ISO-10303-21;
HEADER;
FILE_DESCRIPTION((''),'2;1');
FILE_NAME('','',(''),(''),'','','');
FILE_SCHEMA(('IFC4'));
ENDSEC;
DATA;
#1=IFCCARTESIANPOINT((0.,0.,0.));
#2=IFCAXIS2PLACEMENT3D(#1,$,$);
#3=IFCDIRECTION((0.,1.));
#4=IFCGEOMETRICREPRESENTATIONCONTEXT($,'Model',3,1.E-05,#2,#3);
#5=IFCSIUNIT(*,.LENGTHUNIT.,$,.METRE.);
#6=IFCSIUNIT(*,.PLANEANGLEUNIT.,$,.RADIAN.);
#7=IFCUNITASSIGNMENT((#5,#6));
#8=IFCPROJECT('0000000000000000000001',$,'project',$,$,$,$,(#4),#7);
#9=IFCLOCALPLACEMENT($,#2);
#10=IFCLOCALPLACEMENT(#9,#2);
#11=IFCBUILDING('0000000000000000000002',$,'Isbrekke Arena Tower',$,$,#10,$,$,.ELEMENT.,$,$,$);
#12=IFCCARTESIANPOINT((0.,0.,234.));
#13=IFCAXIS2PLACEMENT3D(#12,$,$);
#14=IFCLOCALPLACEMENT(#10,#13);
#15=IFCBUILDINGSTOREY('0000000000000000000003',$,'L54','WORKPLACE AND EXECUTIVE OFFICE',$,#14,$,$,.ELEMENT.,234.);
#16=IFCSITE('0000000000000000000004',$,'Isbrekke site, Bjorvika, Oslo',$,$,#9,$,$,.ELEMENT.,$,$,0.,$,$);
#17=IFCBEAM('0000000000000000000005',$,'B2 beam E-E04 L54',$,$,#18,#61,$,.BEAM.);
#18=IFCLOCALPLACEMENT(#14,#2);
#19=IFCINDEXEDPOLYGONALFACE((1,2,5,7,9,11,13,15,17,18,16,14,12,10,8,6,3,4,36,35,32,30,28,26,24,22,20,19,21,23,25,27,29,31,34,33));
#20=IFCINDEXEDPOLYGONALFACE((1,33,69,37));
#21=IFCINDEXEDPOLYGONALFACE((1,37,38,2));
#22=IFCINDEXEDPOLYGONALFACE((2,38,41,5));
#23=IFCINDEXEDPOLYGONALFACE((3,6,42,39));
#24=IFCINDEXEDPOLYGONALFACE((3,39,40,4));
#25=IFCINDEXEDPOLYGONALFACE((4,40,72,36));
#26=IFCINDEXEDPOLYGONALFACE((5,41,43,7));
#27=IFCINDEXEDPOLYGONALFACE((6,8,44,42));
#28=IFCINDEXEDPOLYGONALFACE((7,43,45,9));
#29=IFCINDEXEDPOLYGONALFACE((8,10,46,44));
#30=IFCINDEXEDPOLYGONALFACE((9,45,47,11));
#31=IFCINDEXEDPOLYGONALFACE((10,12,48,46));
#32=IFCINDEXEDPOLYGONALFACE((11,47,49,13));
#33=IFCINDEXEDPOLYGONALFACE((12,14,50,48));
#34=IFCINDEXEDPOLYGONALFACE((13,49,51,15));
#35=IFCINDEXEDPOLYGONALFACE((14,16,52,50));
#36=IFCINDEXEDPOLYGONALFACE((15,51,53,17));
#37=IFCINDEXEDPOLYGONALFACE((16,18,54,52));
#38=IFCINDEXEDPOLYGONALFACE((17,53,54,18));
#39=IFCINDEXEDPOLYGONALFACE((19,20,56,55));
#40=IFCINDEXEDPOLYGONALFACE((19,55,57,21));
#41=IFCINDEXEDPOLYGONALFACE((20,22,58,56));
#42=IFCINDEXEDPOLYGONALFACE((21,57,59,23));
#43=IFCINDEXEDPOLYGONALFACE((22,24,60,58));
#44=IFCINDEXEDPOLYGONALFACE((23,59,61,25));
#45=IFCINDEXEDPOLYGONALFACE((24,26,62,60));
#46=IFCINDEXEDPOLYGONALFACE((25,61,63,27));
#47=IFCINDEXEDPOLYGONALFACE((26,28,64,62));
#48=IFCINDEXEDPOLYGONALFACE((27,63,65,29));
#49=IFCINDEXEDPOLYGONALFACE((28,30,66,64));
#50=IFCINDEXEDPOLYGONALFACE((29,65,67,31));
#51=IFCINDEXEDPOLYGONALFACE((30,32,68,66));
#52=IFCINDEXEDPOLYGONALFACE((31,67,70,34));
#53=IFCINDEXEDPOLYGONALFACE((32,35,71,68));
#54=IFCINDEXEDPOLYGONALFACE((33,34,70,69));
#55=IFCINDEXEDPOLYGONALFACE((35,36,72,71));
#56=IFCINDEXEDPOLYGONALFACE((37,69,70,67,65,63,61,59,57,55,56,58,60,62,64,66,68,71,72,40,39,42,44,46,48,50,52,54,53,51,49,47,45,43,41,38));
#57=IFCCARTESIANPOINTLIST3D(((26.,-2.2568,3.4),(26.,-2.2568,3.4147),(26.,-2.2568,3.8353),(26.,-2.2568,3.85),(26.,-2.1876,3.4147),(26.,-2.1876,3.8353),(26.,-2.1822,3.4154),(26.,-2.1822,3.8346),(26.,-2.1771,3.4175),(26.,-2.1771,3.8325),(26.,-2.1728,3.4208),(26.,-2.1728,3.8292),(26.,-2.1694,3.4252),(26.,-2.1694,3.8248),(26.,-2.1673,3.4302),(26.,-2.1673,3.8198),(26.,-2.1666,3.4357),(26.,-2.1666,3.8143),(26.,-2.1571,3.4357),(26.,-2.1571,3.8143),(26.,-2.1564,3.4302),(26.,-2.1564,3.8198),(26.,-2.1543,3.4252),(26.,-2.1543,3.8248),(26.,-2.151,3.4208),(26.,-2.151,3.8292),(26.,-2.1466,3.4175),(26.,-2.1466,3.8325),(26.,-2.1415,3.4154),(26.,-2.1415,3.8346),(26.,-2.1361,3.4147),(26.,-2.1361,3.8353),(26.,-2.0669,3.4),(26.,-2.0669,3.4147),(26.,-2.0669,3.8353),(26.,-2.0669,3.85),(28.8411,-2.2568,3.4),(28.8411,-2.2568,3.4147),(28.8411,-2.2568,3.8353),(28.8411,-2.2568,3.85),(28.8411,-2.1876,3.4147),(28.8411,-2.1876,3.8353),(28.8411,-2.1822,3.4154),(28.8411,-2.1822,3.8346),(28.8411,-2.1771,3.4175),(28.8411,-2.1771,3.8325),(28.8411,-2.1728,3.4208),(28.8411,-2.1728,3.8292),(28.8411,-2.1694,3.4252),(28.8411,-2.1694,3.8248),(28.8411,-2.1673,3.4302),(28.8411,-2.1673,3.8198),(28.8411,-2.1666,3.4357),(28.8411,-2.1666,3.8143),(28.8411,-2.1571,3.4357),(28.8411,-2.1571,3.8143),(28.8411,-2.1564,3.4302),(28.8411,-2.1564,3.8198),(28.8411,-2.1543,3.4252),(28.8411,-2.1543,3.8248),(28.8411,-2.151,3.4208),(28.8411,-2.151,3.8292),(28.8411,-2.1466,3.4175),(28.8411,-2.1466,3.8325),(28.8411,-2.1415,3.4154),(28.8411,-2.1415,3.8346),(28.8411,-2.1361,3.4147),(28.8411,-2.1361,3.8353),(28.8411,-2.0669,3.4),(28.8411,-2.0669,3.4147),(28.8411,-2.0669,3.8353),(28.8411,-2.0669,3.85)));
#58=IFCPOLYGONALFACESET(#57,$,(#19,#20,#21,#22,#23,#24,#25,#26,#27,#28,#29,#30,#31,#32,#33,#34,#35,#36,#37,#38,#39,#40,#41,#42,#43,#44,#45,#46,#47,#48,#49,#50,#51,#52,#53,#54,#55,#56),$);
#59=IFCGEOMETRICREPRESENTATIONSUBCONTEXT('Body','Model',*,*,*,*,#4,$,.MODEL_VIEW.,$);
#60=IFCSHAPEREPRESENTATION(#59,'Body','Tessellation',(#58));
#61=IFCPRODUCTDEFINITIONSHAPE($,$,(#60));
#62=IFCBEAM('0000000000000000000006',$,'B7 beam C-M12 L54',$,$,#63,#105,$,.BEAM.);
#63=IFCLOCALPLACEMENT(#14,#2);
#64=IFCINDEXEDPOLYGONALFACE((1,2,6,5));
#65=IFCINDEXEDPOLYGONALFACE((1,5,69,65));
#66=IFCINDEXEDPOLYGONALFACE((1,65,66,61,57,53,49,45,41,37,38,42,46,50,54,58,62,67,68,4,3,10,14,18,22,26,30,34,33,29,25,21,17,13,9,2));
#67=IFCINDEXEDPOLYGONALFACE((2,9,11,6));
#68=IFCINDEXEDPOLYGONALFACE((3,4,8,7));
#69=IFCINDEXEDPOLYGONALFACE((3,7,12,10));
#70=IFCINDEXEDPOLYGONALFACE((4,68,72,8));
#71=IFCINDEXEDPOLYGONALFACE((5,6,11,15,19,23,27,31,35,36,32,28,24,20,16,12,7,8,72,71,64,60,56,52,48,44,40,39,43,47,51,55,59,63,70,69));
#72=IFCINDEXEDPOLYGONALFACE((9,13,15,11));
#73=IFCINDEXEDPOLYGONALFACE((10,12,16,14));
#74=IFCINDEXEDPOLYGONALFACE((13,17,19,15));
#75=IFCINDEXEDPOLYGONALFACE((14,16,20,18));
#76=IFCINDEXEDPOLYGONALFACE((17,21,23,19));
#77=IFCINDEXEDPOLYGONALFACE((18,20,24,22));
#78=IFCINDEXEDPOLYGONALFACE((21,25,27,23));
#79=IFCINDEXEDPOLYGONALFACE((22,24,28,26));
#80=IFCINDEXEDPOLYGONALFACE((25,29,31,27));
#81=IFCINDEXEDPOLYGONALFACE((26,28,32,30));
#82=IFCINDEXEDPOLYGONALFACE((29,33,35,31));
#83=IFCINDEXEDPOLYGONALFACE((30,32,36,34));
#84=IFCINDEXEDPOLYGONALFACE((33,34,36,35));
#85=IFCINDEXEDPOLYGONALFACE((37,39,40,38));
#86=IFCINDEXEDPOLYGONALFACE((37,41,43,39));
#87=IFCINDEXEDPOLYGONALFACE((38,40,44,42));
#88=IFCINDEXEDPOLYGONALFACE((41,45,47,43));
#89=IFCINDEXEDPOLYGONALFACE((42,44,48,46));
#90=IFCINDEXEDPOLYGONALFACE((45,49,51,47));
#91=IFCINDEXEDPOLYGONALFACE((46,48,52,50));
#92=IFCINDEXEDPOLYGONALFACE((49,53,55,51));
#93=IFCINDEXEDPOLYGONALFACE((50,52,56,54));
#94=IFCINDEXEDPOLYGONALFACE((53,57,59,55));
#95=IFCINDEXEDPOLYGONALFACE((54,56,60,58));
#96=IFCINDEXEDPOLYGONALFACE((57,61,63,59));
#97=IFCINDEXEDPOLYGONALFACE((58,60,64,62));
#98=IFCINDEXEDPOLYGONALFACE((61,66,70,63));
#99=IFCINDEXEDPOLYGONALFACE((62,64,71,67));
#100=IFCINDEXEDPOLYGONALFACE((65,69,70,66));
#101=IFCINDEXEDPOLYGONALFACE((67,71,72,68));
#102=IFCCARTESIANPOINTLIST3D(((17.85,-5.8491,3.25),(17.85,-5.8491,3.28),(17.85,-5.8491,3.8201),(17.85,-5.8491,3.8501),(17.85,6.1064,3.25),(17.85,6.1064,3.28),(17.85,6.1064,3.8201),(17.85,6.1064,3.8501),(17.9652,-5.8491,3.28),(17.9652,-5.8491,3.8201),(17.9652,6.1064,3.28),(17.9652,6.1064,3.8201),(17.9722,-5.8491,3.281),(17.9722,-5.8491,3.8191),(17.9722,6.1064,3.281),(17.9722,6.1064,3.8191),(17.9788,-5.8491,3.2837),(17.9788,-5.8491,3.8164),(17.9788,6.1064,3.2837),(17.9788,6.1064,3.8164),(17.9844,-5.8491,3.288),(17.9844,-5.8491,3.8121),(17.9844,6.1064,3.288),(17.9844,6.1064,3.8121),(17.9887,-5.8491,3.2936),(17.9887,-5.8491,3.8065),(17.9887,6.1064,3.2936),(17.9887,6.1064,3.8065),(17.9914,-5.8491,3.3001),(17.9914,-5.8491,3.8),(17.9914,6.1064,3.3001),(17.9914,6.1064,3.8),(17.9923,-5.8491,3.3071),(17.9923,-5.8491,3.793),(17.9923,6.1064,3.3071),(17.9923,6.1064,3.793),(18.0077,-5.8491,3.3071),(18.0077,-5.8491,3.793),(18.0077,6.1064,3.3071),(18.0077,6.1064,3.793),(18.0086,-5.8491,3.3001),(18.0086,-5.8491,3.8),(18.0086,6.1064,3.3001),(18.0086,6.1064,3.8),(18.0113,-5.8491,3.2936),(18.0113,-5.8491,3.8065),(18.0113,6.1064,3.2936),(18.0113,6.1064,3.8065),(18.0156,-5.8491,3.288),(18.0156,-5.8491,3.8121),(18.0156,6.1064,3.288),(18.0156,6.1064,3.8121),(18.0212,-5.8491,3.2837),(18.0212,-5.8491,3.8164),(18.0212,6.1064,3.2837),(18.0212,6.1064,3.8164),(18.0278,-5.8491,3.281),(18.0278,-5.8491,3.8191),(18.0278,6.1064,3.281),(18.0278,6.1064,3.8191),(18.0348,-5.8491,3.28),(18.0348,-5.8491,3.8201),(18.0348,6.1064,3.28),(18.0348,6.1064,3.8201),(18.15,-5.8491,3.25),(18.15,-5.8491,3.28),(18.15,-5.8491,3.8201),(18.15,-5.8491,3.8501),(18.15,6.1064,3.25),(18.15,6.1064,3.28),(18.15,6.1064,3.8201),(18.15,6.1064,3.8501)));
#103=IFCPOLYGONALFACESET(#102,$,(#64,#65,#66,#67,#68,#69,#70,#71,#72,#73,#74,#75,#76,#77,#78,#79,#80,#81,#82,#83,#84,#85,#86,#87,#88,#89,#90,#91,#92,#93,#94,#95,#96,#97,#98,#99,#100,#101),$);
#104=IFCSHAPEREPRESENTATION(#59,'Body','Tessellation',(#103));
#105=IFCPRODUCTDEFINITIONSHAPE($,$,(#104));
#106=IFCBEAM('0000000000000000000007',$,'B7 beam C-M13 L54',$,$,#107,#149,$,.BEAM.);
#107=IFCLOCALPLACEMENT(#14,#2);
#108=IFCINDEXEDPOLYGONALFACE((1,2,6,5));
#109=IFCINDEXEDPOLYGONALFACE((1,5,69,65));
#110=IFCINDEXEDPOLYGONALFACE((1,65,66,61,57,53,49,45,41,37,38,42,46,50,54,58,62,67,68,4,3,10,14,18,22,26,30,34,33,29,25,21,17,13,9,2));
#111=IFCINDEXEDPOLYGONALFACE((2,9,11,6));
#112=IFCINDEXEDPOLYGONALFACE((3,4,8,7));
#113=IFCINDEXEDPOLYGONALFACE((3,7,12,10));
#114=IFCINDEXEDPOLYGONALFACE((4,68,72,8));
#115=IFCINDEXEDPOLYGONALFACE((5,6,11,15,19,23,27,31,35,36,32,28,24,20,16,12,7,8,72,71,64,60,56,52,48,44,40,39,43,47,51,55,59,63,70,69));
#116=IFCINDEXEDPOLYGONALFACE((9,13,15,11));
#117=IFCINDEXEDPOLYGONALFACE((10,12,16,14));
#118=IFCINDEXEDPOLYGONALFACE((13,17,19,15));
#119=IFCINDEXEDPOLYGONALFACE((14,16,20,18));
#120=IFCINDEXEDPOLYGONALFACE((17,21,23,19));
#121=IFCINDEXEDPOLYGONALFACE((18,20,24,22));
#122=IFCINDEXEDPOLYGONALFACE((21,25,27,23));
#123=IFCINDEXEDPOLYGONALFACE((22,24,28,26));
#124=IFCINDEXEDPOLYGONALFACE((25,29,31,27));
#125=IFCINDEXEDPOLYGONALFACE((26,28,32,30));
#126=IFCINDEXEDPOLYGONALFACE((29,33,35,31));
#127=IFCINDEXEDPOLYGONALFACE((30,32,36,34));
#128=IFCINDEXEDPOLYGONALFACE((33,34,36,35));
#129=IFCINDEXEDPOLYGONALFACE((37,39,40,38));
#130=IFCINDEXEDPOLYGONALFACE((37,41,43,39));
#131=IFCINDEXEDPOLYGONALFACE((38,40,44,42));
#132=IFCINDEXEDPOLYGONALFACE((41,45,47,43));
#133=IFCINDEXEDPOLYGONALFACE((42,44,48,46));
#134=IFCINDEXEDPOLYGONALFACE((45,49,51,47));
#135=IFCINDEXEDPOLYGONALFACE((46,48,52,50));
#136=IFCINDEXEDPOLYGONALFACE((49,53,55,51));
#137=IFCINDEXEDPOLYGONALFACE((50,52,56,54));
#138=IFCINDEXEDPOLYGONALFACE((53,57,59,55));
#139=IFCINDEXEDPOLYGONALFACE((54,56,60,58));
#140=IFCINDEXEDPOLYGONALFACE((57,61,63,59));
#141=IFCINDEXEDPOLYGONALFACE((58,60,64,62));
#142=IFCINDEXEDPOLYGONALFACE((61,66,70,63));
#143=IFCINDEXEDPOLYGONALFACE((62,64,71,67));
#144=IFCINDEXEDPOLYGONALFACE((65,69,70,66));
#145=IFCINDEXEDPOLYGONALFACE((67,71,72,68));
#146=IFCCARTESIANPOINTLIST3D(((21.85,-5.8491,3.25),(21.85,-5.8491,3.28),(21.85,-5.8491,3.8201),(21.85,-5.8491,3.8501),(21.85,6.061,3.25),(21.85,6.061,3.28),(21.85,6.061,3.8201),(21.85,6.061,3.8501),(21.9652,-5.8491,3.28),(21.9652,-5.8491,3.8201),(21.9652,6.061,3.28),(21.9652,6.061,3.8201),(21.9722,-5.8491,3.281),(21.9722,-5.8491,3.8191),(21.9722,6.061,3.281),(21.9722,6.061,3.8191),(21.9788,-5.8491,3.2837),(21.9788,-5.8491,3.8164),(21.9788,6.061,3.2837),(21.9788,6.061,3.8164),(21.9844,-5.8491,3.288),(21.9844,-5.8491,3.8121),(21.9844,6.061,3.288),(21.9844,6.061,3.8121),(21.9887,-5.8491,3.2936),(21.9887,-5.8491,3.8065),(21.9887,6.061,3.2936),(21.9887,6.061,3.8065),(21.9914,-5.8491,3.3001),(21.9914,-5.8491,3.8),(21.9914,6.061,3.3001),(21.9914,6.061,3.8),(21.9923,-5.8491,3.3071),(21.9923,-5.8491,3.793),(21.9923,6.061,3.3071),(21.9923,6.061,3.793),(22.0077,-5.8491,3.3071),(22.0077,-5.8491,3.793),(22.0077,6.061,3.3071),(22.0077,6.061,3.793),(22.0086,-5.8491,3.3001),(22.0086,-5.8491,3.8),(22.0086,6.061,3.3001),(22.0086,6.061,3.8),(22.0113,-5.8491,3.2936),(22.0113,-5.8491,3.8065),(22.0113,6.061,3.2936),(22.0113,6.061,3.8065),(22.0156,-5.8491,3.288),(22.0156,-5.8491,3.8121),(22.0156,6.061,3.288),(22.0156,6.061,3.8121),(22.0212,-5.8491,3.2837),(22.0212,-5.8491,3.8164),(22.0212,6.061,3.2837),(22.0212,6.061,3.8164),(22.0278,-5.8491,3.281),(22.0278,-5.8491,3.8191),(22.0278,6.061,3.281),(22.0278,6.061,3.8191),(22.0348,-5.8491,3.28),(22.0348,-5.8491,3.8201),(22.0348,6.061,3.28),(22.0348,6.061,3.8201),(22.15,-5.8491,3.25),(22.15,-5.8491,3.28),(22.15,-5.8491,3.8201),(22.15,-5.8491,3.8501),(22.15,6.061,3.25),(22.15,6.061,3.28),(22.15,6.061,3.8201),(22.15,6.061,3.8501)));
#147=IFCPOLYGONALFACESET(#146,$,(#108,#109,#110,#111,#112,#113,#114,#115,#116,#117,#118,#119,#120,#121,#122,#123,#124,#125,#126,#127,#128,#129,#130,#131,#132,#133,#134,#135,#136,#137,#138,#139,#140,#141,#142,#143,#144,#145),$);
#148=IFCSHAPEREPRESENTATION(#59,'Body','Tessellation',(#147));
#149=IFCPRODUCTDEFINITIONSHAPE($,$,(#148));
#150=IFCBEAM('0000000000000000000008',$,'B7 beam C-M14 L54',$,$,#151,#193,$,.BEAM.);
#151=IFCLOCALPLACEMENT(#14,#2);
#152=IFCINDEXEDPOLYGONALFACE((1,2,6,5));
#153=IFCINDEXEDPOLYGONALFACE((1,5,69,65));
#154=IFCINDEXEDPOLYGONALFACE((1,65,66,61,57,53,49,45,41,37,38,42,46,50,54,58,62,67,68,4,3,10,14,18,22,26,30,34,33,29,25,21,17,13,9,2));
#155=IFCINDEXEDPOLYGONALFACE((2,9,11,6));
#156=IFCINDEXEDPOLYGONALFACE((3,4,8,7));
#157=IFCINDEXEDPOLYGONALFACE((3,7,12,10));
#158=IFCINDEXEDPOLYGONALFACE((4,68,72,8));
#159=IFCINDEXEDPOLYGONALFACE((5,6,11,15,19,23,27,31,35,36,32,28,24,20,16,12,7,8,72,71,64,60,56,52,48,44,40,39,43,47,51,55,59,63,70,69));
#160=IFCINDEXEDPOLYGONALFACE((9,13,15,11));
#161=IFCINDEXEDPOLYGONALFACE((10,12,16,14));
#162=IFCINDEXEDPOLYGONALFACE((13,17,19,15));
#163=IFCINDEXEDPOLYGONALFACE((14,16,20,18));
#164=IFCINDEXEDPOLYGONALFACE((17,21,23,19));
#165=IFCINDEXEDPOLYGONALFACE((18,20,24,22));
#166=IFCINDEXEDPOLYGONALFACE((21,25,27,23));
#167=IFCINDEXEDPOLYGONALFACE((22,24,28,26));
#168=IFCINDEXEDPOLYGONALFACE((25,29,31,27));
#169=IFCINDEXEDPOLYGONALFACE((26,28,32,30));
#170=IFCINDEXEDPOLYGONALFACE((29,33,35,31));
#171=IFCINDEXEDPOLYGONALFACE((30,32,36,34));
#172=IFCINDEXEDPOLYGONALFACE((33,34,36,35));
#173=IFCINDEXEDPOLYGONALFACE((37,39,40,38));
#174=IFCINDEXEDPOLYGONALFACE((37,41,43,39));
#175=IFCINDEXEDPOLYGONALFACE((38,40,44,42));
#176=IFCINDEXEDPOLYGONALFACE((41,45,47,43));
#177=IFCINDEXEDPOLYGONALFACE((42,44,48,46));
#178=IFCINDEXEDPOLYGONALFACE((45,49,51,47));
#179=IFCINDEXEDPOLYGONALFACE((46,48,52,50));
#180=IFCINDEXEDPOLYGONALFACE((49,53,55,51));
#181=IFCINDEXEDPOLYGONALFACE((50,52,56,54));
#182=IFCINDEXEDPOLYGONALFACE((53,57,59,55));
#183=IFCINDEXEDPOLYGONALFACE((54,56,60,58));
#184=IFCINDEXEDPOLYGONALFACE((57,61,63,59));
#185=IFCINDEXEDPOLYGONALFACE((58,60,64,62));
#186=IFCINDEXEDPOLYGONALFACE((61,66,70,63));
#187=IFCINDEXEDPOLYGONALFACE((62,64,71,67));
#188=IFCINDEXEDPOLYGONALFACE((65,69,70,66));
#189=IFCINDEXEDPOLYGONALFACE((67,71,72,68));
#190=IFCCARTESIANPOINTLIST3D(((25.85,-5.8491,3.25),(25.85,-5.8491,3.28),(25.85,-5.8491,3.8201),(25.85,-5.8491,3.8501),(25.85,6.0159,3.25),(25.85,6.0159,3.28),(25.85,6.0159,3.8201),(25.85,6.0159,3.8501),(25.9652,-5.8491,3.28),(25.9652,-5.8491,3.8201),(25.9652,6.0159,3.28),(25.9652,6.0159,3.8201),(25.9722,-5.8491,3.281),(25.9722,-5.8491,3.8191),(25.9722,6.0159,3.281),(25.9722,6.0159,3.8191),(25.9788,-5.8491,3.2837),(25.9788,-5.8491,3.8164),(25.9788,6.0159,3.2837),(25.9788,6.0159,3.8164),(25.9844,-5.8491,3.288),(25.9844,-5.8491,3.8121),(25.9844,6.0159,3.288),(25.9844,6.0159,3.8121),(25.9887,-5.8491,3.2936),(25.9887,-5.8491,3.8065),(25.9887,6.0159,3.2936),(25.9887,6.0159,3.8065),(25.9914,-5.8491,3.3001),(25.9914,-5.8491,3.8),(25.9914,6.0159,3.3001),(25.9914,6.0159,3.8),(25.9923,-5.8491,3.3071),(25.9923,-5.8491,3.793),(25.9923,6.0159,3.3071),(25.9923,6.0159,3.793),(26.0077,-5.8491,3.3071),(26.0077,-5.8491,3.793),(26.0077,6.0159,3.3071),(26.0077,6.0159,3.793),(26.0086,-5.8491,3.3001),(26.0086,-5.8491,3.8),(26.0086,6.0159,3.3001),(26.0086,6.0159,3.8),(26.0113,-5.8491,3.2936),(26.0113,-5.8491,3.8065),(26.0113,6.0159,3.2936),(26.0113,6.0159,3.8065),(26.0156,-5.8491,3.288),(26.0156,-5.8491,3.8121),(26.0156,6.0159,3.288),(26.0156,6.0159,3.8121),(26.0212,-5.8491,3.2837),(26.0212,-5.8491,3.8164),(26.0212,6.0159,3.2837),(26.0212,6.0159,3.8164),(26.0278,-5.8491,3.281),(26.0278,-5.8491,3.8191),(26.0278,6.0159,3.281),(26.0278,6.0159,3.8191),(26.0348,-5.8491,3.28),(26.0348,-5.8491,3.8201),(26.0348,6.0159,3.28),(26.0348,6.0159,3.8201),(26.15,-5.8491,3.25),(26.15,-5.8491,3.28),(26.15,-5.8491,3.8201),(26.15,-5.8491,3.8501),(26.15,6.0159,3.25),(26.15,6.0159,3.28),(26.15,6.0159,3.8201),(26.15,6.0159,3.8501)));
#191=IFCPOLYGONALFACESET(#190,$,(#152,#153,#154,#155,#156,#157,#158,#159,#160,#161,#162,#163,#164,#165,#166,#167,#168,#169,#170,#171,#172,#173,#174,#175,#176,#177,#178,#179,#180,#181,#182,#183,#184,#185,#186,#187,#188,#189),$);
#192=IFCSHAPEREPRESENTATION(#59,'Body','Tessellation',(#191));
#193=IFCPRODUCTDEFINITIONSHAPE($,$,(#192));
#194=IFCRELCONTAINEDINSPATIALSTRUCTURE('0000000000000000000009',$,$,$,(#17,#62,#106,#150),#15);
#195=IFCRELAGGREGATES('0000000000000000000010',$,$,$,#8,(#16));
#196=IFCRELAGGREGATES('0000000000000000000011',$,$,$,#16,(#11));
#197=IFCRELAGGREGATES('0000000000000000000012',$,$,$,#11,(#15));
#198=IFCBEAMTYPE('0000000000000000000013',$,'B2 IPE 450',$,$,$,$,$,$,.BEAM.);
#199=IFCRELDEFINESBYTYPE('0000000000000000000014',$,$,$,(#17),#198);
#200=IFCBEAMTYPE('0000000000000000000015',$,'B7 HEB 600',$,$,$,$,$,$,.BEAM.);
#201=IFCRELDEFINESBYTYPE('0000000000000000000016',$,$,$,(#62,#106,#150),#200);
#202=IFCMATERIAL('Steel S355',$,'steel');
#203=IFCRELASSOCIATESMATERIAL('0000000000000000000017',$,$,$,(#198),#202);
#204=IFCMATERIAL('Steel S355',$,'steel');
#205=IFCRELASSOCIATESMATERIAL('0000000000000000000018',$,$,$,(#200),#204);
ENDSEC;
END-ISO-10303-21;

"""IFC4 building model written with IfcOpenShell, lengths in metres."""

from ifc_helpers import new_model, si_unit, direction, frame, origin, origin_2d, place, context, subcontext, project, spatial, i_section, extrude, material, material_profile, profile_set, type_object, element, save


model = new_model("IFC4")

# Units and contexts
model_context = context("Model", 3, precision=1e-05, world=origin(), true_north=direction((0.0, 1.0)))
body_context = subcontext(model_context, "Body", "Model", "MODEL_VIEW")
ifc_project = project(units=[si_unit("LENGTHUNIT", "METRE"), si_unit("PLANEANGLEUNIT", "RADIAN")], contexts=[model_context])

# Site, building, storey
site_placement = place(None, origin())
site = spatial("IfcSite", under=ifc_project, at=site_placement, Name="Isbrekke site, Bjorvika, Oslo", CompositionType="ELEMENT", RefElevation=0.0)
building_placement = place(site_placement, origin())
building = spatial("IfcBuilding", under=site, at=building_placement, Name="Isbrekke Arena Tower", CompositionType="ELEMENT")
storey_placement = place(building_placement, frame((0.0, 0.0, 234.0)))
storey = spatial("IfcBuildingStorey", under=building, at=storey_placement, Name="L54", Description="WORKPLACE AND EXECUTIVE OFFICE", CompositionType="ELEMENT", Elevation=234.0)

# Beams
ifc_material_1 = material(Name="Steel S355", Category="steel")
ifc_material_profile_1 = material_profile(ifc_material_1, i_section(OverallWidth=0.1899, OverallDepth=0.45, WebThickness=0.0095, FlangeThickness=0.0146, FilletRadius=0.021, at=origin_2d()), Name="IPE 450")
ifc_profile_set_1 = profile_set([ifc_material_profile_1], Name="Steel S355")
beam_type_1 = type_object("IfcBeamType", Name="B2 IPE 450", PredefinedType="BEAM", material=ifc_profile_set_1)
beam_1_placement = place(storey_placement, frame((28.8411, -2.1619, 3.625), z_axis=(-1.0, 0.0, 0.0), x_axis=(0.0, -1.0, 0.0)))
element("IfcBeam", 1, at=beam_1_placement, inside=storey, type_object=beam_type_1, Name="B2 beam E-E04 L54", PredefinedType="BEAM", context=body_context, shape_type="SweptSolid", body=[
    extrude(i_section(OverallWidth=0.1899, OverallDepth=0.45, WebThickness=0.0095, FlangeThickness=0.0146, FilletRadius=0.021, at=origin_2d()), origin(), (0.0, 0.0, 1.0), 2.8411),
])
ifc_material_2 = material(Name="Steel S355", Category="steel")
ifc_material_profile_2 = material_profile(ifc_material_2, i_section(OverallWidth=0.3, OverallDepth=0.6001, WebThickness=0.0154, FlangeThickness=0.03, FilletRadius=0.0271, at=origin_2d()), Name="HEB 600")
ifc_profile_set_2 = profile_set([ifc_material_profile_2], Name="Steel S355")
beam_type_2 = type_object("IfcBeamType", Name="B7 HEB 600", PredefinedType="BEAM", material=ifc_profile_set_2)
beam_2_placement = place(storey_placement, frame((18.0, -5.8491, 3.55), z_axis=(0.0, 1.0, 0.0), x_axis=(-1.0, 0.0, 0.0)))
element("IfcBeam", 2, at=beam_2_placement, inside=storey, type_object=beam_type_2, Name="B7 beam C-M12 L54", PredefinedType="BEAM", context=body_context, shape_type="SweptSolid", body=[
    extrude(i_section(OverallWidth=0.3, OverallDepth=0.6001, WebThickness=0.0154, FlangeThickness=0.03, FilletRadius=0.0271, at=origin_2d()), origin(), (0.0, 0.0, 1.0), 11.9556),
])
beam_3_placement = place(storey_placement, frame((22.0, -5.8491, 3.55), z_axis=(0.0, 1.0, 0.0), x_axis=(-1.0, 0.0, 0.0)))
element("IfcBeam", 3, at=beam_3_placement, inside=storey, type_object=beam_type_2, Name="B7 beam C-M13 L54", PredefinedType="BEAM", context=body_context, shape_type="SweptSolid", body=[
    extrude(i_section(OverallWidth=0.3, OverallDepth=0.6001, WebThickness=0.0154, FlangeThickness=0.03, FilletRadius=0.0271, at=origin_2d()), origin(), (0.0, 0.0, 1.0), 11.9102),
])
beam_4_placement = place(storey_placement, frame((26.0, -5.8491, 3.55), z_axis=(0.0, 1.0, 0.0), x_axis=(-1.0, 0.0, 0.0)))
element("IfcBeam", 4, at=beam_4_placement, inside=storey, type_object=beam_type_2, Name="B7 beam C-M14 L54", PredefinedType="BEAM", context=body_context, shape_type="SweptSolid", body=[
    extrude(i_section(OverallWidth=0.3, OverallDepth=0.6001, WebThickness=0.0154, FlangeThickness=0.03, FilletRadius=0.0271, at=origin_2d()), origin(), (0.0, 0.0, 1.0), 11.865),
])

save(model, "model.ifc")
